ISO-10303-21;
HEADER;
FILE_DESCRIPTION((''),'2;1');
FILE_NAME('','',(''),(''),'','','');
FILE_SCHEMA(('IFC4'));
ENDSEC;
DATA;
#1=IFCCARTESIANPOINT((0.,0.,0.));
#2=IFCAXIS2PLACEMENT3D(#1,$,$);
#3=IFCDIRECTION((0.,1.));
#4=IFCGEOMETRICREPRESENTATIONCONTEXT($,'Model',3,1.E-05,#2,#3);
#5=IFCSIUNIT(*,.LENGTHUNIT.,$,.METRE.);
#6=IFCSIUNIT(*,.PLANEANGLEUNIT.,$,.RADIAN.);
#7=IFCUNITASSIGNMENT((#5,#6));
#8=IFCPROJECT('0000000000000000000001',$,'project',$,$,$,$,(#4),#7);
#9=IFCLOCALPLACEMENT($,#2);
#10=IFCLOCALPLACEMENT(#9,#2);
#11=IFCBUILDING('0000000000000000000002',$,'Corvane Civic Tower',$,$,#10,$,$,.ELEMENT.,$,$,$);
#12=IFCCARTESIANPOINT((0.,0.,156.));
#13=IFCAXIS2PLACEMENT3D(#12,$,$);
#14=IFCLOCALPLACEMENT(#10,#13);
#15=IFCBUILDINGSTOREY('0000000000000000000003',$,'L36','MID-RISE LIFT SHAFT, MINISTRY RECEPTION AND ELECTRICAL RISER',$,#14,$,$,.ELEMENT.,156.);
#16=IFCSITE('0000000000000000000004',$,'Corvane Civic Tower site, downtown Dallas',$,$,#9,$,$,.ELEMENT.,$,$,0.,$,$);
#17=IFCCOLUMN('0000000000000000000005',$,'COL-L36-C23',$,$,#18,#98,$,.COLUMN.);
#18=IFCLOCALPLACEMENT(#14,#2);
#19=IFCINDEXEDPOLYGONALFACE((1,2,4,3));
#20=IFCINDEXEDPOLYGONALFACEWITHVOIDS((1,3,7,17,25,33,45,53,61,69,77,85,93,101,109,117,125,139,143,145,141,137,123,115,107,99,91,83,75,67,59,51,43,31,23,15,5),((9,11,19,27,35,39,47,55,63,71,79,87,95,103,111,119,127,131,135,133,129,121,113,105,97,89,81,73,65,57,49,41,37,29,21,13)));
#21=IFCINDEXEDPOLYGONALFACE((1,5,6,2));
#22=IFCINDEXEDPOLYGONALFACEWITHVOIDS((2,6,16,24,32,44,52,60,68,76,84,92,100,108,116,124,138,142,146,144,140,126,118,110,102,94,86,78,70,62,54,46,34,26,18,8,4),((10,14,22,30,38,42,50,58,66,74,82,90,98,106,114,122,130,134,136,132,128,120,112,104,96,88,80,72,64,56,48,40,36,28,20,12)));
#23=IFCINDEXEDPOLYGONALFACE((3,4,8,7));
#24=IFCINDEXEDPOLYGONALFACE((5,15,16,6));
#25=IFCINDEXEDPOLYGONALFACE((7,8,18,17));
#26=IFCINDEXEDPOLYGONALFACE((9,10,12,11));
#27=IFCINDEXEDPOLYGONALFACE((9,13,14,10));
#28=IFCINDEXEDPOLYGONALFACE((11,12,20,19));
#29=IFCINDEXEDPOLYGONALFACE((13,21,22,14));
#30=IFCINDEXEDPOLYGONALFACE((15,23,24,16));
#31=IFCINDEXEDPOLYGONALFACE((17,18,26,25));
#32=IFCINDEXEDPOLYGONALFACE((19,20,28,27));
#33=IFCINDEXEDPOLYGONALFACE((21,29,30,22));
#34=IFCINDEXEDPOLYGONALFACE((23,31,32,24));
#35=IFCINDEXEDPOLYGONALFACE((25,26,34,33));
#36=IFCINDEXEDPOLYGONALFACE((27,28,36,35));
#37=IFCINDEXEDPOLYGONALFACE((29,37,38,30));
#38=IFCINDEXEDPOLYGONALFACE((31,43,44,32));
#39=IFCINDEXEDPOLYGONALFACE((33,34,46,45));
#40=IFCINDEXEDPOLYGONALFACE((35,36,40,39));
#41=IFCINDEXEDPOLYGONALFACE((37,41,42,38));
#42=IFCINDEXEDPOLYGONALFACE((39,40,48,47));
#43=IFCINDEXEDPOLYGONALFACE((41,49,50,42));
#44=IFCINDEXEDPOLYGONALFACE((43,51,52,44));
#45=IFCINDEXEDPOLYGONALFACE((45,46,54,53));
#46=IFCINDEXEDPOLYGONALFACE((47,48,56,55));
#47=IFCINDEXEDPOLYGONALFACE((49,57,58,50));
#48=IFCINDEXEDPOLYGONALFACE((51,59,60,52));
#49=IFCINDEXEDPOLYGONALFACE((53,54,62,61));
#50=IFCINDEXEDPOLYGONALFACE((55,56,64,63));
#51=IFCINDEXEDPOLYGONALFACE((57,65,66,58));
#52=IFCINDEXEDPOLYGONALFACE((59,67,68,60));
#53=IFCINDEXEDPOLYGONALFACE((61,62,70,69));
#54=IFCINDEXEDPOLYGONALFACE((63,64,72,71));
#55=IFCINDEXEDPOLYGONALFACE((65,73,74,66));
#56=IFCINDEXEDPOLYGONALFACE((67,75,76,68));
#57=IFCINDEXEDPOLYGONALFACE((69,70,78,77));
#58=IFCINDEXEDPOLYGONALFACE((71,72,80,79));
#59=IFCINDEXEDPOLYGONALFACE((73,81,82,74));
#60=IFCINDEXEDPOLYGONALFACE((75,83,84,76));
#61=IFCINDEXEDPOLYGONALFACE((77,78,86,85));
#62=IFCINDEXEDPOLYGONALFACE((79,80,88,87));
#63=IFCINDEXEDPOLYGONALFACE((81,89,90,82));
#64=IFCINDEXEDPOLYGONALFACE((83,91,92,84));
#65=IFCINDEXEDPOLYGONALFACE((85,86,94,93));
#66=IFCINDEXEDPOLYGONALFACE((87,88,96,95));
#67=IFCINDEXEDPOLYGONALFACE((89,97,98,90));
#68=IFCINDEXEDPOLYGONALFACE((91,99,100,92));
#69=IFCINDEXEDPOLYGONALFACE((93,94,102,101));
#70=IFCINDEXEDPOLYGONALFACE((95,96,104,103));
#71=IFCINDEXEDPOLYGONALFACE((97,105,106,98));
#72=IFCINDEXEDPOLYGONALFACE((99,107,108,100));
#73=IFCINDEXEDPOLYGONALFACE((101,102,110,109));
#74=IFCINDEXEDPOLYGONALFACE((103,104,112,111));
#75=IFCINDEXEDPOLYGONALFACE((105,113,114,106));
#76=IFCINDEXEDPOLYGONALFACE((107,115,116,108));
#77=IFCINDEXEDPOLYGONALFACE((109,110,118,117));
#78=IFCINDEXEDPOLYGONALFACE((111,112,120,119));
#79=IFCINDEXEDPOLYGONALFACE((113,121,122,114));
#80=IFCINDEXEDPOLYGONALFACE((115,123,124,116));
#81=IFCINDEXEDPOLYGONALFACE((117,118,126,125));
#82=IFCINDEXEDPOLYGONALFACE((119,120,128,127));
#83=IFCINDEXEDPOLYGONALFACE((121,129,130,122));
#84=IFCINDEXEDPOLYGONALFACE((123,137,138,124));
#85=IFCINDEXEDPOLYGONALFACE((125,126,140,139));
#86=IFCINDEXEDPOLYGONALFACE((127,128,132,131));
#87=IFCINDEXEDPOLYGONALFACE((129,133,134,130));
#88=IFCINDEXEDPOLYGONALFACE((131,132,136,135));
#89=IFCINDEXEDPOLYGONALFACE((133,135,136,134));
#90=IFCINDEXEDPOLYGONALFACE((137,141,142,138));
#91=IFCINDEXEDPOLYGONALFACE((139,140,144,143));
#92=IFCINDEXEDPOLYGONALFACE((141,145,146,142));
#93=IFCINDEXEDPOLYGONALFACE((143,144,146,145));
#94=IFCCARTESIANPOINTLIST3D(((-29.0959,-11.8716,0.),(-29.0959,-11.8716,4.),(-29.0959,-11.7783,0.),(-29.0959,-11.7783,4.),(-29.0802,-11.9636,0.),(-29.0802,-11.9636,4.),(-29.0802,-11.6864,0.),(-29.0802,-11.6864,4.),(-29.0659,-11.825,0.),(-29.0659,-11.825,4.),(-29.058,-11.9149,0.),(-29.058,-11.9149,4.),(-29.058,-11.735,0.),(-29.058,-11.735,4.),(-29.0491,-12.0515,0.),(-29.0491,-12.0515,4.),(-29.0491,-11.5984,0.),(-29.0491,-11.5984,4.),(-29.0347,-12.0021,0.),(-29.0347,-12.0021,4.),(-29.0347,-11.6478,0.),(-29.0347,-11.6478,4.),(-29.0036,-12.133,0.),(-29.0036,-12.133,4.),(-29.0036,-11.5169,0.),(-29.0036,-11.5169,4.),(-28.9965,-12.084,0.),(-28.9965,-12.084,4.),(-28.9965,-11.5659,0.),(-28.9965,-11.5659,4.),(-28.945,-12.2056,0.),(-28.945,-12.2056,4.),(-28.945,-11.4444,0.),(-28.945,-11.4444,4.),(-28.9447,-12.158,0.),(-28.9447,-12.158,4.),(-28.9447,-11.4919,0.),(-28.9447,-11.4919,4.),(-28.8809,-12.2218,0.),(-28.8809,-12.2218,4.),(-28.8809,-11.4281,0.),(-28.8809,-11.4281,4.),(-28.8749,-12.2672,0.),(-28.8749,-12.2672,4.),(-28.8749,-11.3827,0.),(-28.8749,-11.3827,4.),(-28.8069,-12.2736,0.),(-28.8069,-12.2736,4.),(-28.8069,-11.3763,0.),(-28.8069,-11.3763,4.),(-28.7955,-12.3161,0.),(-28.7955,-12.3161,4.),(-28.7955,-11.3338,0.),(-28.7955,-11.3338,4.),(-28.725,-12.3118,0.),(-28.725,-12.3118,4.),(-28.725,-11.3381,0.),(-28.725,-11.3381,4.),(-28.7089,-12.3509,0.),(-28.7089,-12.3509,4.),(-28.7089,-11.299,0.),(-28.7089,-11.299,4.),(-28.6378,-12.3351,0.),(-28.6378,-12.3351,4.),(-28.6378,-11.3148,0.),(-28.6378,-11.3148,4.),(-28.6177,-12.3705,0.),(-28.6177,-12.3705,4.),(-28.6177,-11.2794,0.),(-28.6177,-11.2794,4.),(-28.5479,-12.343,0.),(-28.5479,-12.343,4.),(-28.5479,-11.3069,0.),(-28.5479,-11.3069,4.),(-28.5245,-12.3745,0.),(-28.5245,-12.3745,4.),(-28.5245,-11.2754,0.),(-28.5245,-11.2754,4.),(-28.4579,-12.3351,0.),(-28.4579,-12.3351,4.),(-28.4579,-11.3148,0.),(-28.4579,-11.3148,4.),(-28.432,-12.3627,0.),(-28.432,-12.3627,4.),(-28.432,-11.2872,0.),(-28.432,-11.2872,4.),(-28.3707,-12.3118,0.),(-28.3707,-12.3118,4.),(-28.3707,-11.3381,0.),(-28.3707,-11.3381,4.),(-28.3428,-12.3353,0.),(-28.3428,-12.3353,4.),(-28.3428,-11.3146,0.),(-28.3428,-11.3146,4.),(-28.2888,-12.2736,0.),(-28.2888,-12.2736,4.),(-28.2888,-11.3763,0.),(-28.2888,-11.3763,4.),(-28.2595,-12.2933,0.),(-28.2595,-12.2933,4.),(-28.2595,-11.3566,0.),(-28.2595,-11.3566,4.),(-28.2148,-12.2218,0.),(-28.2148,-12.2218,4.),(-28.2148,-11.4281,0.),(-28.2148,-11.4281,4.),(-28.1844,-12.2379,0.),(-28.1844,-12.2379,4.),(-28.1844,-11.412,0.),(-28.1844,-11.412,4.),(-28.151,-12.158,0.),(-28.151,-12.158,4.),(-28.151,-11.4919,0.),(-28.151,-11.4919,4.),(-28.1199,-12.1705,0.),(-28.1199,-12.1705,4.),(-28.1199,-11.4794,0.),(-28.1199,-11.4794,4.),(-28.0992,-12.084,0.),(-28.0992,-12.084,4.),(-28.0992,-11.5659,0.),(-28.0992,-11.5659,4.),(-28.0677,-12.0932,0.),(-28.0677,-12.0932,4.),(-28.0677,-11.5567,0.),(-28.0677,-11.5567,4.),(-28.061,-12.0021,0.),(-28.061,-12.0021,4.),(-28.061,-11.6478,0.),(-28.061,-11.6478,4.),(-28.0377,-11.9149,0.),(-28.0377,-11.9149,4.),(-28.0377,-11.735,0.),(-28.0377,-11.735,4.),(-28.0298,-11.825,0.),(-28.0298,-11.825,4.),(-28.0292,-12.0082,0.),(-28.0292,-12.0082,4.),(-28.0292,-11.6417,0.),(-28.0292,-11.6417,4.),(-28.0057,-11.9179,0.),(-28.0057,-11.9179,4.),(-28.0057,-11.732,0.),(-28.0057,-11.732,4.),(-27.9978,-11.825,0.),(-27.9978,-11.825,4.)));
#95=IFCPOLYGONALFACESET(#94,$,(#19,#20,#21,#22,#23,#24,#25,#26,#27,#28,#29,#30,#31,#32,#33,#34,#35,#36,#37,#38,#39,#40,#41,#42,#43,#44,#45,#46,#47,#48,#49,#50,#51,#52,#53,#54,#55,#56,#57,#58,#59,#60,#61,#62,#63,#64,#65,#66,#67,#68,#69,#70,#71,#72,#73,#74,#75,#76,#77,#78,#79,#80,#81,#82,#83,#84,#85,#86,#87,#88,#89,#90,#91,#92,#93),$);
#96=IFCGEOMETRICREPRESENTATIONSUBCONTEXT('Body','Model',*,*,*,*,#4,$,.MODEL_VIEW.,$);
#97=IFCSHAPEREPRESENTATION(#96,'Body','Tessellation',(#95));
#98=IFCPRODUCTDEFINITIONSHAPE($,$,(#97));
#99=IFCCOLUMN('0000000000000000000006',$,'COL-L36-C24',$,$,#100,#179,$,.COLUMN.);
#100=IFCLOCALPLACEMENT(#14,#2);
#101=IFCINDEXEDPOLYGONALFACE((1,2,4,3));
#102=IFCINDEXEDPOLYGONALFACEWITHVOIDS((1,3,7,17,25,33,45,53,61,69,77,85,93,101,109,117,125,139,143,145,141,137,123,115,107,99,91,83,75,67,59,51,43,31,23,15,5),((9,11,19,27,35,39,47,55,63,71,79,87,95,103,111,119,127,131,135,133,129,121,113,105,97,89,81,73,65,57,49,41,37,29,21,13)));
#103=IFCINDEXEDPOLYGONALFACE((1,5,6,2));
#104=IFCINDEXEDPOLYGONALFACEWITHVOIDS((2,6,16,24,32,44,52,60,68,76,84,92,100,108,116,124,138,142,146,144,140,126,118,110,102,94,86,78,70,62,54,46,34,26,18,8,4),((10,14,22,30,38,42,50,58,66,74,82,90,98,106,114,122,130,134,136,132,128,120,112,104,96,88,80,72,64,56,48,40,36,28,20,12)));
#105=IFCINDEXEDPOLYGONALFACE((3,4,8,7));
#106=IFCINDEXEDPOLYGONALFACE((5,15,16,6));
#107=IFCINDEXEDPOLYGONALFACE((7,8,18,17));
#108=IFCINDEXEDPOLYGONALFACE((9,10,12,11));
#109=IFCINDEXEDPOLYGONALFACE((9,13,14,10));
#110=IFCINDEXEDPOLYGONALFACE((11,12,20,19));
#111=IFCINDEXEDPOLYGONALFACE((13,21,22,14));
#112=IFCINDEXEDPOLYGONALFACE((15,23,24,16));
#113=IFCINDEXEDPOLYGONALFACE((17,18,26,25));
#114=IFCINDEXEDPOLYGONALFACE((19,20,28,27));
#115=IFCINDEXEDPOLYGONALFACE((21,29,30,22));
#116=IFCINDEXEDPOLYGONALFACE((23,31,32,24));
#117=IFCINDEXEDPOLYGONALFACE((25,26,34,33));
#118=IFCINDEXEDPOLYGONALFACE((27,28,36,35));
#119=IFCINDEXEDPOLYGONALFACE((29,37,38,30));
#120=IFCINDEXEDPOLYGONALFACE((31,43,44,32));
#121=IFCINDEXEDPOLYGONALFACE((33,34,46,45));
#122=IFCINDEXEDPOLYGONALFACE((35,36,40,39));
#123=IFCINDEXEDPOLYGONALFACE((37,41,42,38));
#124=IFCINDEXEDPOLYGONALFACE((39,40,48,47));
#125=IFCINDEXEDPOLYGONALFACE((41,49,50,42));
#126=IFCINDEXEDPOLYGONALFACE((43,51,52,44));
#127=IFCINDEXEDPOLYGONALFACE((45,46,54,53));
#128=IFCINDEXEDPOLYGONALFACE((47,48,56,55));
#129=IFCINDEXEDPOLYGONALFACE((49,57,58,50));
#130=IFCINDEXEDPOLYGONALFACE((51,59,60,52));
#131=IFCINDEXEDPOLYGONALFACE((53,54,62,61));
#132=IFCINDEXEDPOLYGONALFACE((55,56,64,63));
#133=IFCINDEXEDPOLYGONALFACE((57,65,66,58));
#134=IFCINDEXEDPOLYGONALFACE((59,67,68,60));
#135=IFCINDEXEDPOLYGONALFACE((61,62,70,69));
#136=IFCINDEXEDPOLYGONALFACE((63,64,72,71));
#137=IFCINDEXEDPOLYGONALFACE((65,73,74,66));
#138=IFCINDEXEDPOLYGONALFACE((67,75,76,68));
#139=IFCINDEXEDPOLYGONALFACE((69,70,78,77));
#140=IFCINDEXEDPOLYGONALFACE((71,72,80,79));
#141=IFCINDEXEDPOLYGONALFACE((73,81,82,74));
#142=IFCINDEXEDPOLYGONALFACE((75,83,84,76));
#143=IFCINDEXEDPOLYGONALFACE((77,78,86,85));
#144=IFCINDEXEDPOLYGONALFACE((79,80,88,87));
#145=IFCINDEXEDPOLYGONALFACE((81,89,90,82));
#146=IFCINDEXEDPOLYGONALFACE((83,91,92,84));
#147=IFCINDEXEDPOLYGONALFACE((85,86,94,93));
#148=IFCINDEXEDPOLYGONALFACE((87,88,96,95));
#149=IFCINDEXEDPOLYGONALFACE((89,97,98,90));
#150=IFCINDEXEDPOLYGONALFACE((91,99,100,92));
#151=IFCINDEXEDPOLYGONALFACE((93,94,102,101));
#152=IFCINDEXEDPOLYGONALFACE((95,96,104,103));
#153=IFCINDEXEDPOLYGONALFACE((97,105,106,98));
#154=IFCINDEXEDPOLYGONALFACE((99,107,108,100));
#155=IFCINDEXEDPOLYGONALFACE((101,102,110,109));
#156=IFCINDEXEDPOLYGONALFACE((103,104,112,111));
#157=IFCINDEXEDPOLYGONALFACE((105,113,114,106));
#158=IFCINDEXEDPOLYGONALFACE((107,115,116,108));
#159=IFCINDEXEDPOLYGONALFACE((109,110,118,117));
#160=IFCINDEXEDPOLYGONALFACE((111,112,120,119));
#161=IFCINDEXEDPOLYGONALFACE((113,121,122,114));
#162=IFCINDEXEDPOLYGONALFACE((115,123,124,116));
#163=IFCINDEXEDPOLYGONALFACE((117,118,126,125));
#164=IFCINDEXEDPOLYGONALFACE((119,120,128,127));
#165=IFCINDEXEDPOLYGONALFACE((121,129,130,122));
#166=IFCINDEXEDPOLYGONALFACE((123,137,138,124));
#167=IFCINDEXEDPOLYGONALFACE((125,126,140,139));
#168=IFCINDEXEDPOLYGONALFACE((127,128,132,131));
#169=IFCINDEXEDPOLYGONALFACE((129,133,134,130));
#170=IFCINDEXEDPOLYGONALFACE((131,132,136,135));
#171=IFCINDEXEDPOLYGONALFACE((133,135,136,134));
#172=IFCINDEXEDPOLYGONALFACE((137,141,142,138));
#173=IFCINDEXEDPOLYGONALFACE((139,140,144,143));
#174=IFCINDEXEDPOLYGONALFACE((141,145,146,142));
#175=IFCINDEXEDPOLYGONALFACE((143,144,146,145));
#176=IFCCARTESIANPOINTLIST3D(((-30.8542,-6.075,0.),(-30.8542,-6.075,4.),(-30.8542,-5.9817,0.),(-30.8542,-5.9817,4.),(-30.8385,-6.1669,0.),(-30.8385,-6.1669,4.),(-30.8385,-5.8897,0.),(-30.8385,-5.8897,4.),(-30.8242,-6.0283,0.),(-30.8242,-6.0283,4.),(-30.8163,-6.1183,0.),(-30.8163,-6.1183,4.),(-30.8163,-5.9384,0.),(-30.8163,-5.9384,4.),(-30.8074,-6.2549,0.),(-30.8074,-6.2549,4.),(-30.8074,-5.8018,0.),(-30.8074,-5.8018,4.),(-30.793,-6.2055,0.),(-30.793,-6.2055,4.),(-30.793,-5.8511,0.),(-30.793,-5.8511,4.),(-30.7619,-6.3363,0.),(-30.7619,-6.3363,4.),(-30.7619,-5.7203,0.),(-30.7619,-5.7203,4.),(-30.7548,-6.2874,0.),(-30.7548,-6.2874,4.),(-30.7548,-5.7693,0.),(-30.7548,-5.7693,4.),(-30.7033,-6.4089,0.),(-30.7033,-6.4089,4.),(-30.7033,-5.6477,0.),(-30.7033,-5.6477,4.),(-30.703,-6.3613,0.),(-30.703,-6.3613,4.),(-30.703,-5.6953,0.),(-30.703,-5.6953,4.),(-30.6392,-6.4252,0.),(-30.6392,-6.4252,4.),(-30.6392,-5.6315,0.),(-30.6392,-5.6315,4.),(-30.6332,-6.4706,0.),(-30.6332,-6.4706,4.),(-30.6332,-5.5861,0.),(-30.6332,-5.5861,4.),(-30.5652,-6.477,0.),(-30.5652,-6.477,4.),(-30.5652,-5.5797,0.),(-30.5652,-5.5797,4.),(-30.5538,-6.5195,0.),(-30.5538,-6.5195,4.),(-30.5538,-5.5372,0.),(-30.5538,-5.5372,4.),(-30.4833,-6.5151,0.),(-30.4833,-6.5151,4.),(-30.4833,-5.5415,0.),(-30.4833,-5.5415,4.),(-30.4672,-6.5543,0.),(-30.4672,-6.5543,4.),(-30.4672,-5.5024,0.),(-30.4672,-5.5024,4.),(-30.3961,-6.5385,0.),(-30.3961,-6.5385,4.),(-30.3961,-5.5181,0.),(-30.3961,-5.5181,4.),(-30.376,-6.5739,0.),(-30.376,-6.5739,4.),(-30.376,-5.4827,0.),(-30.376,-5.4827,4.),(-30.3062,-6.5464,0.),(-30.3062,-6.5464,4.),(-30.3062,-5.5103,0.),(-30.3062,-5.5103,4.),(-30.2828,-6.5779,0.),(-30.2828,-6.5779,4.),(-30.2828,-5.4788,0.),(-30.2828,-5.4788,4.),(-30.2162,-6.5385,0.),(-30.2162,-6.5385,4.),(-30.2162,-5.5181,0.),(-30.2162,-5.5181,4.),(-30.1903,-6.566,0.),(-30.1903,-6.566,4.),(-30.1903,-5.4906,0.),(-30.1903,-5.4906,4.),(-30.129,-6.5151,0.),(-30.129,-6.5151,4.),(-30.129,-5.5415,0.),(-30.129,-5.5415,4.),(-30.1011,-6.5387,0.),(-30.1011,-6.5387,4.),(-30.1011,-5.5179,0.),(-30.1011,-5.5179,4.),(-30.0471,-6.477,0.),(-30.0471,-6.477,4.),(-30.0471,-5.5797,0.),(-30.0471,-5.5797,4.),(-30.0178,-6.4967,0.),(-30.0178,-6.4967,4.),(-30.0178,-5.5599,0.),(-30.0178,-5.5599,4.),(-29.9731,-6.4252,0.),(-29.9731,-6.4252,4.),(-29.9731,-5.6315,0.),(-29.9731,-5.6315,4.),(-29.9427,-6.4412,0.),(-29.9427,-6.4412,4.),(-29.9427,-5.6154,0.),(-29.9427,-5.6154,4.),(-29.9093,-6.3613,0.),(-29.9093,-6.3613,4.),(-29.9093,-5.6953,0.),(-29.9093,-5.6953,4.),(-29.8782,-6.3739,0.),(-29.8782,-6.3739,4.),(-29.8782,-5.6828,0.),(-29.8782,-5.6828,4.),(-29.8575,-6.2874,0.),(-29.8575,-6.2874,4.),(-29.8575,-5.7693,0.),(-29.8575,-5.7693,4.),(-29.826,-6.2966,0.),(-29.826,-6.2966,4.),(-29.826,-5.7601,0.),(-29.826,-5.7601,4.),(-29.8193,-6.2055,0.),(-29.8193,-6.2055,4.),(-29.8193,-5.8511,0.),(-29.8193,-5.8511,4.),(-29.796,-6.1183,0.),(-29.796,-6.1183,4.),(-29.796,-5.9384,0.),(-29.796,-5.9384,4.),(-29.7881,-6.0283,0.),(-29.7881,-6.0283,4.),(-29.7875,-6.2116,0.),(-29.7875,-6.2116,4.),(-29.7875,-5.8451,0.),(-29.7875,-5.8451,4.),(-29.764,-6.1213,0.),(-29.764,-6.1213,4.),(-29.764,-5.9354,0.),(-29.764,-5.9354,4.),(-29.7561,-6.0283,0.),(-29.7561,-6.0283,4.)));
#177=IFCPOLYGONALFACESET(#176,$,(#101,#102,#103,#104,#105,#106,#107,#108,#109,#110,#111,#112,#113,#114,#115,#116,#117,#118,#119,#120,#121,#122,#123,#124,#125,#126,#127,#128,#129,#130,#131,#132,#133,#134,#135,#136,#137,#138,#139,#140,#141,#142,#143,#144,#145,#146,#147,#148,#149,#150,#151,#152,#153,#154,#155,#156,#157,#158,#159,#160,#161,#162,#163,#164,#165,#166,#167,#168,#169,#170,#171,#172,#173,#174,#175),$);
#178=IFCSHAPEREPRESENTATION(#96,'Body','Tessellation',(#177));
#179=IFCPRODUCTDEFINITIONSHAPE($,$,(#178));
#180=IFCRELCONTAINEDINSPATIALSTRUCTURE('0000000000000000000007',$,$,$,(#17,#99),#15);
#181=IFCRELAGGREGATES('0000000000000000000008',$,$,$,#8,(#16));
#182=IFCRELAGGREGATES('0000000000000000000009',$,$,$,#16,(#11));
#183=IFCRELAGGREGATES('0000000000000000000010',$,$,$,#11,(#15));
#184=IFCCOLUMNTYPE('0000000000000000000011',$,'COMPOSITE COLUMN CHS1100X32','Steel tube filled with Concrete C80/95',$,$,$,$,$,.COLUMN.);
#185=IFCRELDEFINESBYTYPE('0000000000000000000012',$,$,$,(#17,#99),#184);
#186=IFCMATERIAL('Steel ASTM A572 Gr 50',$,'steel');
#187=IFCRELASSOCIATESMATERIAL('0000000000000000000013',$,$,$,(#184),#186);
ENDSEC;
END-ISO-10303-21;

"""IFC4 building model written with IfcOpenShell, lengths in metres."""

from ifc_helpers import new_model, si_unit, direction, frame, origin, origin_2d, place, context, subcontext, project, spatial, hollow_circle, extrude, material, material_profile, profile_set, type_object, element, save


model = new_model("IFC4")

# Units and contexts
model_context = context("Model", 3, precision=1e-05, world=origin(), true_north=direction((0.0, 1.0)))
body_context = subcontext(model_context, "Body", "Model", "MODEL_VIEW")
ifc_project = project(units=[si_unit("LENGTHUNIT", "METRE"), si_unit("PLANEANGLEUNIT", "RADIAN")], contexts=[model_context])

# Site, building, storey
site_placement = place(None, origin())
site = spatial("IfcSite", under=ifc_project, at=site_placement, Name="Corvane Civic Tower site, downtown Dallas", CompositionType="ELEMENT", RefElevation=0.0)
building_placement = place(site_placement, origin())
building = spatial("IfcBuilding", under=site, at=building_placement, Name="Corvane Civic Tower", CompositionType="ELEMENT")
storey_placement = place(building_placement, frame((0.0, 0.0, 156.0)))
storey = spatial("IfcBuildingStorey", under=building, at=storey_placement, Name="L36", Description="MID-RISE LIFT SHAFT, MINISTRY RECEPTION AND ELECTRICAL RISER", CompositionType="ELEMENT", Elevation=156.0)

# Columns
ifc_material_1 = material(Name="Steel ASTM A572 Gr 50", Category="steel")
ifc_material_profile_1 = material_profile(ifc_material_1, hollow_circle(Radius=0.55, WallThickness=0.032, at=origin_2d()), Name="CHS1100X32")
ifc_profile_set_1 = profile_set([ifc_material_profile_1], Name="Steel ASTM A572 Gr 50")
column_type = type_object("IfcColumnType", Name="COMPOSITE COLUMN CHS1100X32", Description="Steel tube filled with Concrete C80/95", PredefinedType="COLUMN", material=ifc_profile_set_1)
for number, where, z_axis, x_axis, name in (
    (1, (-28.5479, -11.825, 0.0), (0.0, 0.0, 1.0), (1.0, 0.0, 0.0), "COL-L36-C23"),
    (2, (-30.3062, -6.0283, 0.0), (0.0, 0.0, 1.0), (1.0, 0.0, 0.0), "COL-L36-C24"),
):
    element("IfcColumn", number, at=place(storey_placement, frame(where, z_axis=z_axis, x_axis=x_axis)), inside=storey, type_object=column_type, Name=name, PredefinedType="COLUMN", context=body_context, shape_type="SweptSolid", body=[
        extrude(hollow_circle(Radius=0.55, WallThickness=0.032, at=origin_2d()), origin(), (0.0, 0.0, 1.0), 4.0),
    ])

save(model, "model.ifc")
